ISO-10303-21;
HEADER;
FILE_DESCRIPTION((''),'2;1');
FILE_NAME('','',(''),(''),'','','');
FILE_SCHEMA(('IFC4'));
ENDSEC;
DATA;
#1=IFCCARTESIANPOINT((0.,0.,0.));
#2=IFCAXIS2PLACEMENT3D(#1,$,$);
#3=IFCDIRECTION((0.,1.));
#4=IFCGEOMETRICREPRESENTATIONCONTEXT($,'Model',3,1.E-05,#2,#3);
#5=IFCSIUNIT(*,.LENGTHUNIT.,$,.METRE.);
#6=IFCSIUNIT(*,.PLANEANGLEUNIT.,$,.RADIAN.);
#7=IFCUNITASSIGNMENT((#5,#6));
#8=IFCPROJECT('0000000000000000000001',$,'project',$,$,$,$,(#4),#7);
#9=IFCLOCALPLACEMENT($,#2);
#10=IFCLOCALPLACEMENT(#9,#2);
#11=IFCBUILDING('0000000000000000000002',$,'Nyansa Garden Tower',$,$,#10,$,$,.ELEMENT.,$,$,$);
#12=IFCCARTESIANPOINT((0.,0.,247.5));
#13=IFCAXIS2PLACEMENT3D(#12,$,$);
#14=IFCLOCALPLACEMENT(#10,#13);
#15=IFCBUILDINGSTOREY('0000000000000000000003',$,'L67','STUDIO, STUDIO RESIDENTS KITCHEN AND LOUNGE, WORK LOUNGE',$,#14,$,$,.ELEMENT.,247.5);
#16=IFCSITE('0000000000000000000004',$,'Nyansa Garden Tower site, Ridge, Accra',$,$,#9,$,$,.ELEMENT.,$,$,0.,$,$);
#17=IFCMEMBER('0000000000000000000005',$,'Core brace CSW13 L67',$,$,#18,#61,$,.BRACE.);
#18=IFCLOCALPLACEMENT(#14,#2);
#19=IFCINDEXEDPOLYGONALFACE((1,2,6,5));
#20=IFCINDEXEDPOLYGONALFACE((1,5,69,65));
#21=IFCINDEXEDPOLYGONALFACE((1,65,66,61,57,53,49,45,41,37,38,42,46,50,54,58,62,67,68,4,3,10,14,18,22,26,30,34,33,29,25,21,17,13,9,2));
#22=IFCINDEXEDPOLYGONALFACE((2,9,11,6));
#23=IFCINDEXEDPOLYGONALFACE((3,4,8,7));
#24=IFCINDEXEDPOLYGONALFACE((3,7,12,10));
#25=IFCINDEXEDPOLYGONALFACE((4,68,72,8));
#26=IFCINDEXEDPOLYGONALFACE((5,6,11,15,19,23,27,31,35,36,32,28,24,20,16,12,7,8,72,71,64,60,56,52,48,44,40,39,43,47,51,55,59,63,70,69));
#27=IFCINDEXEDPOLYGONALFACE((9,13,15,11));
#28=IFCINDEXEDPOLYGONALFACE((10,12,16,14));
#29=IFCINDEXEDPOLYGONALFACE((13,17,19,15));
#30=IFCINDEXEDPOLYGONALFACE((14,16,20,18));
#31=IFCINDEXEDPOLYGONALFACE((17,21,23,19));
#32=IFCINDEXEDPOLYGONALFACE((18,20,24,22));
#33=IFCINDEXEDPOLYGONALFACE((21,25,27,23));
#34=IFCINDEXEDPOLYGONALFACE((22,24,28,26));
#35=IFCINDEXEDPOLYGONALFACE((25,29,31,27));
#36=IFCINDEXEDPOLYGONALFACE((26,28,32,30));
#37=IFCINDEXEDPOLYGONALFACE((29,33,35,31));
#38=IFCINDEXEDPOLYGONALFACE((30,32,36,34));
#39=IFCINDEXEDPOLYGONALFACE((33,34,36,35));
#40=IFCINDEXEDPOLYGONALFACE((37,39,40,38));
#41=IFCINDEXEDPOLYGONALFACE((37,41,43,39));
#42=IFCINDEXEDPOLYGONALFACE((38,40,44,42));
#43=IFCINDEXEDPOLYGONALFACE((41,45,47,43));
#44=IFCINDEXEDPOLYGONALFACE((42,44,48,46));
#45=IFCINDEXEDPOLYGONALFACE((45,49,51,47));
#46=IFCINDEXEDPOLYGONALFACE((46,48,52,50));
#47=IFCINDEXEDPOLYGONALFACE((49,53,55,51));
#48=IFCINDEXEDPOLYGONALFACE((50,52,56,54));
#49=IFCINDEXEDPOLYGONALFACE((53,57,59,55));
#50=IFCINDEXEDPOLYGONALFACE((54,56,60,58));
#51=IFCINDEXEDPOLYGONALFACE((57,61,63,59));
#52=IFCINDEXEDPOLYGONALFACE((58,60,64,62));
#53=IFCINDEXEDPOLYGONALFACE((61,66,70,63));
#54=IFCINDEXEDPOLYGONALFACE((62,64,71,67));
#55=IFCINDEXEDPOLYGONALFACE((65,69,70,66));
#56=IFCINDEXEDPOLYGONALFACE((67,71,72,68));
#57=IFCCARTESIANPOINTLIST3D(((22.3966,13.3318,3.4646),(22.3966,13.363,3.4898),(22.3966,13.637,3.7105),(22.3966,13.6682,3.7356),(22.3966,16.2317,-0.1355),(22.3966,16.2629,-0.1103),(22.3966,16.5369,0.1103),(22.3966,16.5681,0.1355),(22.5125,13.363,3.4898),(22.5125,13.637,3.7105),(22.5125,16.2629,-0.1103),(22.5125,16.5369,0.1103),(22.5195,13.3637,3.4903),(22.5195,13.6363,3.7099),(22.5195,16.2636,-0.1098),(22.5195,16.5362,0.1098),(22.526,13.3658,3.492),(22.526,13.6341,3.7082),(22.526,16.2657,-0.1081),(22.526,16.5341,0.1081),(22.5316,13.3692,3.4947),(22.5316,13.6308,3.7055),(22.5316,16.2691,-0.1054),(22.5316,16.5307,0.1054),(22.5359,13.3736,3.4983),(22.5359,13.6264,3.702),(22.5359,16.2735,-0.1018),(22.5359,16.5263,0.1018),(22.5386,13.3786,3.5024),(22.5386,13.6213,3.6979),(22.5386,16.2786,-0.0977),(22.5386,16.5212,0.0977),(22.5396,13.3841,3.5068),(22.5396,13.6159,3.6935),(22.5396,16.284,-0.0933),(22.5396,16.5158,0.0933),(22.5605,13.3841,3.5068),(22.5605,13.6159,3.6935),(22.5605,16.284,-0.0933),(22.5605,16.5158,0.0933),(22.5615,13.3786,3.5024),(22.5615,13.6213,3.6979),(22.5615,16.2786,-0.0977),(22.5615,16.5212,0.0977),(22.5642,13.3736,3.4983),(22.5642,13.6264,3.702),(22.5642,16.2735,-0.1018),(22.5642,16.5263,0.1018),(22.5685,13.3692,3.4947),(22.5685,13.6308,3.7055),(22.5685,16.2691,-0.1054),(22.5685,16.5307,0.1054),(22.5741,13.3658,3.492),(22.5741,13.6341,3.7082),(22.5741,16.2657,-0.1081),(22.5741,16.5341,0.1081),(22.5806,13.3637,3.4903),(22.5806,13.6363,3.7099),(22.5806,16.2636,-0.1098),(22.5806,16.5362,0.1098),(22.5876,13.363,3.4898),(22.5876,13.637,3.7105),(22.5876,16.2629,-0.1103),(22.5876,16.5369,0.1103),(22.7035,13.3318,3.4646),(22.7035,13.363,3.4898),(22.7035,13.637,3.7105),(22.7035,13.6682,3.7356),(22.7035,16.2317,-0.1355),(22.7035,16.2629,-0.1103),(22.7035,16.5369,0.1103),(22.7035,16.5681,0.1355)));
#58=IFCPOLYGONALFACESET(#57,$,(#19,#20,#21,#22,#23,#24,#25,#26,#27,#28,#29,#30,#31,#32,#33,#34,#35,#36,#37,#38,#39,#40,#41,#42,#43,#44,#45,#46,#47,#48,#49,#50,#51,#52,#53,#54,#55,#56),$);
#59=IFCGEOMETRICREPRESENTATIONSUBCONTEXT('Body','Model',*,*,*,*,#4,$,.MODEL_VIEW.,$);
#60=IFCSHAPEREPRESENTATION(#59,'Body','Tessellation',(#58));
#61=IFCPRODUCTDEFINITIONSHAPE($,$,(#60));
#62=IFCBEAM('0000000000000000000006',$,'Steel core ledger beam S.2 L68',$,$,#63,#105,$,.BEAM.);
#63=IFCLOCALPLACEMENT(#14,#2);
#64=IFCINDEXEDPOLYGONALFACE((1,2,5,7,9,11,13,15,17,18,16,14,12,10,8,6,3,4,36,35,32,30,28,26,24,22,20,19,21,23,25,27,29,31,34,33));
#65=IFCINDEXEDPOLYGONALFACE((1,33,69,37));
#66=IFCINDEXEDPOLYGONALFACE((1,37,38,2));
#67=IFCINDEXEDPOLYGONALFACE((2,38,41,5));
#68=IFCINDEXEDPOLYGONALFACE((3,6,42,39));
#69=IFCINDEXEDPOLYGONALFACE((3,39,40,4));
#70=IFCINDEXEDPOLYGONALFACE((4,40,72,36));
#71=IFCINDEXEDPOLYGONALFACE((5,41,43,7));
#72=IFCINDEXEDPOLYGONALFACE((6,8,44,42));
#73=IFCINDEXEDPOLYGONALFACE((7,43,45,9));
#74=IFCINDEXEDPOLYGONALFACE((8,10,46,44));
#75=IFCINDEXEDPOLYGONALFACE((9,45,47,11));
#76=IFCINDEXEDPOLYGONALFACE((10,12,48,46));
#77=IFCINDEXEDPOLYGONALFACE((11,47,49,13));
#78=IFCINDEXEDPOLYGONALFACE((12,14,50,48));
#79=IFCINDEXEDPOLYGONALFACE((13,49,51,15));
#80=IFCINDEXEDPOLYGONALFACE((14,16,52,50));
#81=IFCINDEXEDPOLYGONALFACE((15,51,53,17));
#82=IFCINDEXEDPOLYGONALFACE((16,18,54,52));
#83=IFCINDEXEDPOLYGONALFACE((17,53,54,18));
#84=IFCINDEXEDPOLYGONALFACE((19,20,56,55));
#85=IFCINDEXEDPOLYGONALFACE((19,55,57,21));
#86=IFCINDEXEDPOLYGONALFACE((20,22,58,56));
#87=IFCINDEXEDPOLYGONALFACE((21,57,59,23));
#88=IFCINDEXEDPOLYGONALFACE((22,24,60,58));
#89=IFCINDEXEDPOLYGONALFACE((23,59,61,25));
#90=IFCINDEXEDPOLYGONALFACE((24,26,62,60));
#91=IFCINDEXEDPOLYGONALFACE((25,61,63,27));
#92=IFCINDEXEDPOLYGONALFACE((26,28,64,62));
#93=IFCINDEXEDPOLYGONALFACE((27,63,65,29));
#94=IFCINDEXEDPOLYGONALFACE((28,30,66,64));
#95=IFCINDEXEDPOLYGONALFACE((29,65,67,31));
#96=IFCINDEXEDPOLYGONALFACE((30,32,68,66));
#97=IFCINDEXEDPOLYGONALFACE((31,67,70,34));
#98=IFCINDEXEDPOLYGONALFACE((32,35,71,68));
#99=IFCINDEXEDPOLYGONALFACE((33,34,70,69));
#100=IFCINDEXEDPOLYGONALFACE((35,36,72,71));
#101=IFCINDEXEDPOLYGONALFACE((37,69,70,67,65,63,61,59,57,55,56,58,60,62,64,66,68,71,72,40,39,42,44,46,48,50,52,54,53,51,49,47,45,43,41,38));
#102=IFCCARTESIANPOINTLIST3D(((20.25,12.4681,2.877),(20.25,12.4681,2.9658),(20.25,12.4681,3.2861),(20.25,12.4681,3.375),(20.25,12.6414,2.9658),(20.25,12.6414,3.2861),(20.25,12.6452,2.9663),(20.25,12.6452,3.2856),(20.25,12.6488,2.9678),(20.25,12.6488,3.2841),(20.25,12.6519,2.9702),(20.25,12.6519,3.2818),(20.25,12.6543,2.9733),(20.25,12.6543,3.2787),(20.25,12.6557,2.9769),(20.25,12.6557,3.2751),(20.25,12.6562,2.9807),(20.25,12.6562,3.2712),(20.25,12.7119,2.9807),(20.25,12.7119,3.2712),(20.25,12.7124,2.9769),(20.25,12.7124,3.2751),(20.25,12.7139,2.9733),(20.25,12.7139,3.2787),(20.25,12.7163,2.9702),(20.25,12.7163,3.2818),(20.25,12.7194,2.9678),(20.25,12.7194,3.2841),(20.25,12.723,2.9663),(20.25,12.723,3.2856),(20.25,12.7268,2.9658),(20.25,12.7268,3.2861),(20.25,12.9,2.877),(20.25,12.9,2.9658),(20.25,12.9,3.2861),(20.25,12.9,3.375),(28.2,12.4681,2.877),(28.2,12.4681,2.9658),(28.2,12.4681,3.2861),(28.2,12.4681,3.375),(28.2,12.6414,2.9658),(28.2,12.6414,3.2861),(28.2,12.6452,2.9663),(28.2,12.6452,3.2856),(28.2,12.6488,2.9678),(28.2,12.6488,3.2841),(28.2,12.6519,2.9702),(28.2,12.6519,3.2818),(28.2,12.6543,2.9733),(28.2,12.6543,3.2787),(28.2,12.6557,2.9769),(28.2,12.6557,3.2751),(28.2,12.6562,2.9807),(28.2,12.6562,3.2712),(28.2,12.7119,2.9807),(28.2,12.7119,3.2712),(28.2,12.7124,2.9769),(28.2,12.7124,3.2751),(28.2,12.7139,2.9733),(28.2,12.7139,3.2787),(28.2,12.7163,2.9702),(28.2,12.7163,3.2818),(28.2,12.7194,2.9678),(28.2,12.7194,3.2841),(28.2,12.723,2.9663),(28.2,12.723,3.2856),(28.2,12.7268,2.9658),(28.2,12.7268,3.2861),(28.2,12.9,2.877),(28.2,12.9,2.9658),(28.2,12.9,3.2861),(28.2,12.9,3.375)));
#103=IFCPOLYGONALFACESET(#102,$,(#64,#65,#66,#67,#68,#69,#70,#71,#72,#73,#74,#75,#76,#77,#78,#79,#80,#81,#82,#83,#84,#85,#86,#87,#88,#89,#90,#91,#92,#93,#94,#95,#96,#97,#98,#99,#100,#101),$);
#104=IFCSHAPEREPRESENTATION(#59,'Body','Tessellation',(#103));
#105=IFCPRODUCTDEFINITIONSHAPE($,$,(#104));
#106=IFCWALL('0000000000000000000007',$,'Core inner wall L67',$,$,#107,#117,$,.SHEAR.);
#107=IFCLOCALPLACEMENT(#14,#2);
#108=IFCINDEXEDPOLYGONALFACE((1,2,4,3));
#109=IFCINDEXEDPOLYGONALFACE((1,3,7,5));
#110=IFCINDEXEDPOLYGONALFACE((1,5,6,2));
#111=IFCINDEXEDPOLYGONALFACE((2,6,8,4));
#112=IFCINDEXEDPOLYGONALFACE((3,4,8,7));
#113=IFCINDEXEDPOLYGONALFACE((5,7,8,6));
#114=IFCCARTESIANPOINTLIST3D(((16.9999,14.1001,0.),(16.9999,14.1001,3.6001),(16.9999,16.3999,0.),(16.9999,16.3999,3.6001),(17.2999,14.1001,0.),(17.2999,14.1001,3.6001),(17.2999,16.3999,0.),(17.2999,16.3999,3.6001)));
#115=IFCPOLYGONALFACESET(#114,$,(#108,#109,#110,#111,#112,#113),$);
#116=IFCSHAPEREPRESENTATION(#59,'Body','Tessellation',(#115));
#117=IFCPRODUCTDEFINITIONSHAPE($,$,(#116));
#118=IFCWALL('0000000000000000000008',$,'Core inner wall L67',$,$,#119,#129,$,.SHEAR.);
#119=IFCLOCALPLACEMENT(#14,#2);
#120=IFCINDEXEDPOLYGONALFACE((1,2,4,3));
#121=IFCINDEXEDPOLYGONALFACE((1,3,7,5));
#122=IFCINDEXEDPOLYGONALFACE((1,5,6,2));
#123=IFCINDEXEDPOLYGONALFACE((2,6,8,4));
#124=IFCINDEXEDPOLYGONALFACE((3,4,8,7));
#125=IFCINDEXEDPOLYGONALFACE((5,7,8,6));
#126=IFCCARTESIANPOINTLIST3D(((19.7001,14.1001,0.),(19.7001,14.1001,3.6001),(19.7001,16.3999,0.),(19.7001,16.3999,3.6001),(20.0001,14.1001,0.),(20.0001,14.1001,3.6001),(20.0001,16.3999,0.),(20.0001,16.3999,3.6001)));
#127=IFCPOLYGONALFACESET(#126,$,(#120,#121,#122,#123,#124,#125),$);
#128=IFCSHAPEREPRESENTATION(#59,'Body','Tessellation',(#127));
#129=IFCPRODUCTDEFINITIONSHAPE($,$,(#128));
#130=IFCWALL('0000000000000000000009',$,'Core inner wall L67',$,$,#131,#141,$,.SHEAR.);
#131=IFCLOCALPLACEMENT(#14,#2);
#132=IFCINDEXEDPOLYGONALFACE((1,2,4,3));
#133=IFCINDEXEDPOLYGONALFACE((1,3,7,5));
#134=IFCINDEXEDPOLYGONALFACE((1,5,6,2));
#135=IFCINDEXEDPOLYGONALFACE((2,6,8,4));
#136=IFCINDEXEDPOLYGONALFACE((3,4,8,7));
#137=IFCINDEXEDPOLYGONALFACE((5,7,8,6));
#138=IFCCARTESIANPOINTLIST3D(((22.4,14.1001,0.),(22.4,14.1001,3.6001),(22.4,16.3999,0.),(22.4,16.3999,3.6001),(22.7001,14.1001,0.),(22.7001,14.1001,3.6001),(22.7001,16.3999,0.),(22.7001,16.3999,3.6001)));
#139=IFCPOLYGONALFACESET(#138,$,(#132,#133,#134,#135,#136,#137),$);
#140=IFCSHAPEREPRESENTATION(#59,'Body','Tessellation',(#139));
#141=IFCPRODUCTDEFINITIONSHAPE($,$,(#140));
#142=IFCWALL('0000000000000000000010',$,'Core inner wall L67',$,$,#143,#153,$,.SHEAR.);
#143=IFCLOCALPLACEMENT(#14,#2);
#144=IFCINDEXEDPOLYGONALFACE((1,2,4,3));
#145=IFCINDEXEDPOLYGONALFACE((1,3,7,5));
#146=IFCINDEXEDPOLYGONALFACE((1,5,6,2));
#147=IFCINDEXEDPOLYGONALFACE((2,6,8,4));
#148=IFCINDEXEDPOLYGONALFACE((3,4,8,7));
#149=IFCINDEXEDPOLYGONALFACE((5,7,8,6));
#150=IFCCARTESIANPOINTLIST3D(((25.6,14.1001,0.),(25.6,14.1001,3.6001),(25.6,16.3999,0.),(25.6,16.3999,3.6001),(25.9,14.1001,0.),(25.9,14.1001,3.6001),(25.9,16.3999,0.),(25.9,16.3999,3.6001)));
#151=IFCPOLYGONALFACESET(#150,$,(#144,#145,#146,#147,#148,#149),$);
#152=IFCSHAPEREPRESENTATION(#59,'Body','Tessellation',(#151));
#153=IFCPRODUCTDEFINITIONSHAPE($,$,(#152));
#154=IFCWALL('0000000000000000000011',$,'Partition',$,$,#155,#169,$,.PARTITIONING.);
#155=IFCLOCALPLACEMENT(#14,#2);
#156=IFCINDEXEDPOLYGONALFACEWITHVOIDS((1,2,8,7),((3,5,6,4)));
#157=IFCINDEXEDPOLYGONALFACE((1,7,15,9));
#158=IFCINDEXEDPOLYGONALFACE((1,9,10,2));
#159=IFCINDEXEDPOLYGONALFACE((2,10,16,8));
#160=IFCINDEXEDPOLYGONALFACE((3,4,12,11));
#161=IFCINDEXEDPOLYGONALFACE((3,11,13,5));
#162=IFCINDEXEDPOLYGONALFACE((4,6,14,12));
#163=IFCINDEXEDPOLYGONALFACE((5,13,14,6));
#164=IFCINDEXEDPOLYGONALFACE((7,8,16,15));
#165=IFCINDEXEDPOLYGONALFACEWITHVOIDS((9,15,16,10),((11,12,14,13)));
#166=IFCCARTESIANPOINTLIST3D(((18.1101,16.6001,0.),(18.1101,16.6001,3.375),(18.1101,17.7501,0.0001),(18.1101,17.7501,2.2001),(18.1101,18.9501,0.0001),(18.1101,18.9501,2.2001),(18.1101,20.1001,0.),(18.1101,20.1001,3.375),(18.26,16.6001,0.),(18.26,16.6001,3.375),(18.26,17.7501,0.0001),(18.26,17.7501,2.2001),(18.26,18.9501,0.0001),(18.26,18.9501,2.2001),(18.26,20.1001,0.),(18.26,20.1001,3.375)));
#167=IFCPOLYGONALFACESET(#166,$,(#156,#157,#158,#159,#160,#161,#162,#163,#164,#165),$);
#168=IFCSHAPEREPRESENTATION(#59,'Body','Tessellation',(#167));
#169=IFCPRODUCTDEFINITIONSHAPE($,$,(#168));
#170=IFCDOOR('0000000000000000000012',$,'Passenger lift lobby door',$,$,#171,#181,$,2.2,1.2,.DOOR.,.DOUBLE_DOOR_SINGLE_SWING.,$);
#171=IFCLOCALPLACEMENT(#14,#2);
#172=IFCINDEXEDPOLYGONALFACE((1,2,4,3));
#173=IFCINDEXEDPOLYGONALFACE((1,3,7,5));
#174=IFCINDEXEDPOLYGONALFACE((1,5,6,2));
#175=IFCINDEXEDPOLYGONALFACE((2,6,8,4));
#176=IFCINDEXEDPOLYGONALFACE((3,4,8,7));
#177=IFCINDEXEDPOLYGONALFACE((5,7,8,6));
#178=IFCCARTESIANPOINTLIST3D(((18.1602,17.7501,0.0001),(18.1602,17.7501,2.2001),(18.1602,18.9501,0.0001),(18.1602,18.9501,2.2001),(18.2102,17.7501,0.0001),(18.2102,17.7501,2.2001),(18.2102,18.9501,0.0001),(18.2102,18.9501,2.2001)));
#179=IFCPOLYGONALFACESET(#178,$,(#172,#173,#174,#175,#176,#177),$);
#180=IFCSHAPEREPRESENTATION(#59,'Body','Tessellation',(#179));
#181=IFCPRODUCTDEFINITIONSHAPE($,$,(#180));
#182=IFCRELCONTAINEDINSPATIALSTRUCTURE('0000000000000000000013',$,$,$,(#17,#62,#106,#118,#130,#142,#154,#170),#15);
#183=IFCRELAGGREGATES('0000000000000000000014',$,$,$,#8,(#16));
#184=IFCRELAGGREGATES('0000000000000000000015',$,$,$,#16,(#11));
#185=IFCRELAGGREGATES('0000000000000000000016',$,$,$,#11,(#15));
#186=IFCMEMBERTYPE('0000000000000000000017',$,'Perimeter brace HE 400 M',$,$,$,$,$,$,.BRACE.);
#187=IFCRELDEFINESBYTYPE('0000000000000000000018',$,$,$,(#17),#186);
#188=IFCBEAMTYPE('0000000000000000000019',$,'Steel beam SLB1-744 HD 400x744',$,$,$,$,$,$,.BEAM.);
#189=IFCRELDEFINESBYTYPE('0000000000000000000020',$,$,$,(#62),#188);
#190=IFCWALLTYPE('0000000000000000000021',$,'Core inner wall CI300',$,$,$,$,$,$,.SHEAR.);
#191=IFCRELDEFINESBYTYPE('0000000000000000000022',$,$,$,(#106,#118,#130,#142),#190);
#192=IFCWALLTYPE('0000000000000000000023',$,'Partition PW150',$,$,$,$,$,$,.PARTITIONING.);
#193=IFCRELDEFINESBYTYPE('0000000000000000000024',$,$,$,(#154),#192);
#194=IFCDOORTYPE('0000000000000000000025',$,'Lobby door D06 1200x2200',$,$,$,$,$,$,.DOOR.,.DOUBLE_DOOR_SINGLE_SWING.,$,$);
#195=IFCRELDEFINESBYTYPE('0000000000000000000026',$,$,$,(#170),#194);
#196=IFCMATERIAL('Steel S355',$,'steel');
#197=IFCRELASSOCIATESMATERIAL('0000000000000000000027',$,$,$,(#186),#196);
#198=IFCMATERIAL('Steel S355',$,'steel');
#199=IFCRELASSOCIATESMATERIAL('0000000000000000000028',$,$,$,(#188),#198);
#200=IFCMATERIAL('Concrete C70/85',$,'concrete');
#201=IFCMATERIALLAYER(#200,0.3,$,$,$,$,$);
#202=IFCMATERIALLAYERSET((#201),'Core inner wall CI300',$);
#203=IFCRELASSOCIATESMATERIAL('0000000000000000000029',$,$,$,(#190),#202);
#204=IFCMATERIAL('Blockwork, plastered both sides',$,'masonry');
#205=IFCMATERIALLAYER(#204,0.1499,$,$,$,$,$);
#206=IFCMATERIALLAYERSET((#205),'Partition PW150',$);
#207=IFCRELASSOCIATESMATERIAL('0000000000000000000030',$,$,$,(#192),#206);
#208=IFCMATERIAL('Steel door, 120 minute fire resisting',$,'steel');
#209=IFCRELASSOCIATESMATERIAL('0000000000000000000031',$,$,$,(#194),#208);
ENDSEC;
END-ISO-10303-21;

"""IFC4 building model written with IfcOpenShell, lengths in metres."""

from ifc_helpers import new_model, si_unit, direction, frame, frame_2d, origin, origin_2d, place, context, subcontext, project, spatial, rectangle, i_section, extrude, material, layer, layer_set, material_profile, profile_set, type_object, element, fill, save


model = new_model("IFC4")

# Units and contexts
model_context = context("Model", 3, precision=1e-05, world=origin(), true_north=direction((0.0, 1.0)))
body_context = subcontext(model_context, "Body", "Model", "MODEL_VIEW")
ifc_project = project(units=[si_unit("LENGTHUNIT", "METRE"), si_unit("PLANEANGLEUNIT", "RADIAN")], contexts=[model_context])

# Site, building, storey
site_placement = place(None, origin())
site = spatial("IfcSite", under=ifc_project, at=site_placement, Name="Nyansa Garden Tower site, Ridge, Accra", CompositionType="ELEMENT", RefElevation=0.0)
building_placement = place(site_placement, origin())
building = spatial("IfcBuilding", under=site, at=building_placement, Name="Nyansa Garden Tower", CompositionType="ELEMENT")
storey_placement = place(building_placement, frame((0.0, 0.0, 247.5)))
storey = spatial("IfcBuildingStorey", under=building, at=storey_placement, Name="L67", Description="STUDIO, STUDIO RESIDENTS KITCHEN AND LOUNGE, WORK LOUNGE", CompositionType="ELEMENT", Elevation=247.5)

# Member
ifc_material_1 = material(Name="Steel S355", Category="steel")
ifc_material_profile_1 = material_profile(ifc_material_1, i_section(OverallWidth=0.3069, OverallDepth=0.4319, WebThickness=0.021, FlangeThickness=0.04, FilletRadius=0.0271, at=origin_2d()), Name="HE 400 M")
ifc_profile_set_1 = profile_set([ifc_material_profile_1], Name="Steel S355")
member_type = type_object("IfcMemberType", Name="Perimeter brace HE 400 M", PredefinedType="BRACE", material=ifc_profile_set_1)
for number, where, z_axis, x_axis, name in (
    (1, (22.55, 16.3999, 0.0), (0.0, -0.627306, 0.778773), (1.0, 0.0, 0.0), "Core brace CSW13 L67"),
):
    element("IfcMember", number, at=place(storey_placement, frame(where, z_axis=z_axis, x_axis=x_axis)), inside=storey, type_object=member_type, Name=name, PredefinedType="BRACE", context=body_context, shape_type="SweptSolid", body=[
        extrude(i_section(OverallWidth=0.3069, OverallDepth=0.4319, WebThickness=0.021, FlangeThickness=0.04, FilletRadius=0.0271, at=origin_2d()), origin(), (0.0, 0.0, 1.0), 4.6228),
    ])

# Beam
ifc_material_2 = material(Name="Steel S355", Category="steel")
ifc_material_profile_2 = material_profile(ifc_material_2, i_section(OverallWidth=0.4319, OverallDepth=0.498, WebThickness=0.0557, FlangeThickness=0.0889, FilletRadius=0.0149, at=origin_2d()), Name="HD 400x744")
ifc_profile_set_2 = profile_set([ifc_material_profile_2], Name="Steel S355")
beam_type = type_object("IfcBeamType", Name="Steel beam SLB1-744 HD 400x744", PredefinedType="BEAM", material=ifc_profile_set_2)
beam_placement = place(storey_placement, frame((20.25, 12.6841, 3.126), z_axis=(1.0, 0.0, 0.0), x_axis=(0.0, 1.0, 0.0)))
element("IfcBeam", 2, at=beam_placement, inside=storey, type_object=beam_type, Name="Steel core ledger beam S.2 L68", PredefinedType="BEAM", context=body_context, shape_type="SweptSolid", body=[
    extrude(i_section(OverallWidth=0.4319, OverallDepth=0.498, WebThickness=0.0557, FlangeThickness=0.0889, FilletRadius=0.0149, at=origin_2d()), origin(), (0.0, 0.0, 1.0), 7.95),
])

# Walls
ifc_material_3 = material(Name="Concrete C70/85", Category="concrete")
ifc_layer_1 = layer(ifc_material_3, 0.3)
ifc_layer_set_1 = layer_set([ifc_layer_1], Name="Core inner wall CI300")
wall_type_1 = type_object("IfcWallType", Name="Core inner wall CI300", PredefinedType="SHEAR", material=ifc_layer_set_1)
for number, where, z_axis, x_axis, name in (
    (3, (17.1499, 14.1001, 0.0), (0.0, 0.0, 1.0), (0.0, 1.0, 0.0), "Core inner wall L67"),
    (4, (19.8501, 14.1001, 0.0), (0.0, 0.0, 1.0), (0.0, 1.0, 0.0), "Core inner wall L67"),
    (5, (22.55, 14.1001, 0.0), (0.0, 0.0, 1.0), (0.0, 1.0, 0.0), "Core inner wall L67"),
    (6, (25.75, 14.1001, 0.0), (0.0, 0.0, 1.0), (0.0, 1.0, 0.0), "Core inner wall L67"),
):
    element("IfcWall", number, at=place(storey_placement, frame(where, z_axis=z_axis, x_axis=x_axis)), inside=storey, type_object=wall_type_1, Name=name, PredefinedType="SHEAR", context=body_context, shape_type="SweptSolid", body=[
        extrude(rectangle(XDim=2.2998, YDim=0.3, at=frame_2d((1.1499, 0.0))), origin(), (0.0, 0.0, 1.0), 3.6001),
    ])

# Wall, opening, door
ifc_material_4 = material(Name="Blockwork, plastered both sides", Category="masonry")
ifc_layer_2 = layer(ifc_material_4, 0.1499)
ifc_layer_set_2 = layer_set([ifc_layer_2], Name="Partition PW150")
wall_type_2 = type_object("IfcWallType", Name="Partition PW150", PredefinedType="PARTITIONING", material=ifc_layer_set_2)
wall_1_placement = place(storey_placement, frame((18.1851, 16.6001, 0.0), z_axis=(0.0, 0.0, 1.0), x_axis=(0.0, 1.0, 0.0)))
wall_1 = element("IfcWall", 7, at=wall_1_placement, inside=storey, type_object=wall_type_2, Name="Partition", PredefinedType="PARTITIONING", context=body_context, shape_type="SweptSolid", body=[
    extrude(rectangle(XDim=3.5, YDim=0.1499, at=frame_2d((1.75, 0.0))), origin(), (0.0, 0.0, 1.0), 3.375),
])
opening_1_placement = place(wall_1_placement, frame((1.1499, 0.0, 0.0)))
opening_1 = element("IfcOpeningElement", 8, at=opening_1_placement, cuts=wall_1, PredefinedType="OPENING", context=body_context, shape_type="SweptSolid", body=[
    extrude(rectangle(XDim=1.2, YDim=2.2, at=frame_2d((0.6001, 1.1001))), frame((0.0, 0.085, 0.0), z_axis=(0.0, -1.0, 0.0), x_axis=(1.0, 0.0, 0.0)), (0.0, 0.0, 1.0), 0.1699),
])
ifc_material_5 = material(Name="Steel door, 120 minute fire resisting", Category="steel")
door_type_1 = type_object("IfcDoorType", Name="Lobby door D06 1200x2200", OperationType="DOUBLE_DOOR_SINGLE_SWING", PredefinedType="DOOR", material=ifc_material_5)
door_1_placement = place(opening_1_placement, origin())
door_1 = element("IfcDoor", 9, at=door_1_placement, inside=storey, type_object=door_type_1, Name="Passenger lift lobby door", OperationType="DOUBLE_DOOR_SINGLE_SWING", OverallHeight=2.2, OverallWidth=1.2, PredefinedType="DOOR", context=body_context, shape_type="SweptSolid", body=[
    extrude(rectangle(XDim=1.2, YDim=2.2, at=frame_2d((0.6001, 1.1001))), frame((0.0, 0.0249, 0.0), z_axis=(0.0, -1.0, 0.0), x_axis=(1.0, 0.0, 0.0)), (0.0, 0.0, 1.0), 0.05),
])
fill(opening_1, door_1)

save(model, "model.ifc")
